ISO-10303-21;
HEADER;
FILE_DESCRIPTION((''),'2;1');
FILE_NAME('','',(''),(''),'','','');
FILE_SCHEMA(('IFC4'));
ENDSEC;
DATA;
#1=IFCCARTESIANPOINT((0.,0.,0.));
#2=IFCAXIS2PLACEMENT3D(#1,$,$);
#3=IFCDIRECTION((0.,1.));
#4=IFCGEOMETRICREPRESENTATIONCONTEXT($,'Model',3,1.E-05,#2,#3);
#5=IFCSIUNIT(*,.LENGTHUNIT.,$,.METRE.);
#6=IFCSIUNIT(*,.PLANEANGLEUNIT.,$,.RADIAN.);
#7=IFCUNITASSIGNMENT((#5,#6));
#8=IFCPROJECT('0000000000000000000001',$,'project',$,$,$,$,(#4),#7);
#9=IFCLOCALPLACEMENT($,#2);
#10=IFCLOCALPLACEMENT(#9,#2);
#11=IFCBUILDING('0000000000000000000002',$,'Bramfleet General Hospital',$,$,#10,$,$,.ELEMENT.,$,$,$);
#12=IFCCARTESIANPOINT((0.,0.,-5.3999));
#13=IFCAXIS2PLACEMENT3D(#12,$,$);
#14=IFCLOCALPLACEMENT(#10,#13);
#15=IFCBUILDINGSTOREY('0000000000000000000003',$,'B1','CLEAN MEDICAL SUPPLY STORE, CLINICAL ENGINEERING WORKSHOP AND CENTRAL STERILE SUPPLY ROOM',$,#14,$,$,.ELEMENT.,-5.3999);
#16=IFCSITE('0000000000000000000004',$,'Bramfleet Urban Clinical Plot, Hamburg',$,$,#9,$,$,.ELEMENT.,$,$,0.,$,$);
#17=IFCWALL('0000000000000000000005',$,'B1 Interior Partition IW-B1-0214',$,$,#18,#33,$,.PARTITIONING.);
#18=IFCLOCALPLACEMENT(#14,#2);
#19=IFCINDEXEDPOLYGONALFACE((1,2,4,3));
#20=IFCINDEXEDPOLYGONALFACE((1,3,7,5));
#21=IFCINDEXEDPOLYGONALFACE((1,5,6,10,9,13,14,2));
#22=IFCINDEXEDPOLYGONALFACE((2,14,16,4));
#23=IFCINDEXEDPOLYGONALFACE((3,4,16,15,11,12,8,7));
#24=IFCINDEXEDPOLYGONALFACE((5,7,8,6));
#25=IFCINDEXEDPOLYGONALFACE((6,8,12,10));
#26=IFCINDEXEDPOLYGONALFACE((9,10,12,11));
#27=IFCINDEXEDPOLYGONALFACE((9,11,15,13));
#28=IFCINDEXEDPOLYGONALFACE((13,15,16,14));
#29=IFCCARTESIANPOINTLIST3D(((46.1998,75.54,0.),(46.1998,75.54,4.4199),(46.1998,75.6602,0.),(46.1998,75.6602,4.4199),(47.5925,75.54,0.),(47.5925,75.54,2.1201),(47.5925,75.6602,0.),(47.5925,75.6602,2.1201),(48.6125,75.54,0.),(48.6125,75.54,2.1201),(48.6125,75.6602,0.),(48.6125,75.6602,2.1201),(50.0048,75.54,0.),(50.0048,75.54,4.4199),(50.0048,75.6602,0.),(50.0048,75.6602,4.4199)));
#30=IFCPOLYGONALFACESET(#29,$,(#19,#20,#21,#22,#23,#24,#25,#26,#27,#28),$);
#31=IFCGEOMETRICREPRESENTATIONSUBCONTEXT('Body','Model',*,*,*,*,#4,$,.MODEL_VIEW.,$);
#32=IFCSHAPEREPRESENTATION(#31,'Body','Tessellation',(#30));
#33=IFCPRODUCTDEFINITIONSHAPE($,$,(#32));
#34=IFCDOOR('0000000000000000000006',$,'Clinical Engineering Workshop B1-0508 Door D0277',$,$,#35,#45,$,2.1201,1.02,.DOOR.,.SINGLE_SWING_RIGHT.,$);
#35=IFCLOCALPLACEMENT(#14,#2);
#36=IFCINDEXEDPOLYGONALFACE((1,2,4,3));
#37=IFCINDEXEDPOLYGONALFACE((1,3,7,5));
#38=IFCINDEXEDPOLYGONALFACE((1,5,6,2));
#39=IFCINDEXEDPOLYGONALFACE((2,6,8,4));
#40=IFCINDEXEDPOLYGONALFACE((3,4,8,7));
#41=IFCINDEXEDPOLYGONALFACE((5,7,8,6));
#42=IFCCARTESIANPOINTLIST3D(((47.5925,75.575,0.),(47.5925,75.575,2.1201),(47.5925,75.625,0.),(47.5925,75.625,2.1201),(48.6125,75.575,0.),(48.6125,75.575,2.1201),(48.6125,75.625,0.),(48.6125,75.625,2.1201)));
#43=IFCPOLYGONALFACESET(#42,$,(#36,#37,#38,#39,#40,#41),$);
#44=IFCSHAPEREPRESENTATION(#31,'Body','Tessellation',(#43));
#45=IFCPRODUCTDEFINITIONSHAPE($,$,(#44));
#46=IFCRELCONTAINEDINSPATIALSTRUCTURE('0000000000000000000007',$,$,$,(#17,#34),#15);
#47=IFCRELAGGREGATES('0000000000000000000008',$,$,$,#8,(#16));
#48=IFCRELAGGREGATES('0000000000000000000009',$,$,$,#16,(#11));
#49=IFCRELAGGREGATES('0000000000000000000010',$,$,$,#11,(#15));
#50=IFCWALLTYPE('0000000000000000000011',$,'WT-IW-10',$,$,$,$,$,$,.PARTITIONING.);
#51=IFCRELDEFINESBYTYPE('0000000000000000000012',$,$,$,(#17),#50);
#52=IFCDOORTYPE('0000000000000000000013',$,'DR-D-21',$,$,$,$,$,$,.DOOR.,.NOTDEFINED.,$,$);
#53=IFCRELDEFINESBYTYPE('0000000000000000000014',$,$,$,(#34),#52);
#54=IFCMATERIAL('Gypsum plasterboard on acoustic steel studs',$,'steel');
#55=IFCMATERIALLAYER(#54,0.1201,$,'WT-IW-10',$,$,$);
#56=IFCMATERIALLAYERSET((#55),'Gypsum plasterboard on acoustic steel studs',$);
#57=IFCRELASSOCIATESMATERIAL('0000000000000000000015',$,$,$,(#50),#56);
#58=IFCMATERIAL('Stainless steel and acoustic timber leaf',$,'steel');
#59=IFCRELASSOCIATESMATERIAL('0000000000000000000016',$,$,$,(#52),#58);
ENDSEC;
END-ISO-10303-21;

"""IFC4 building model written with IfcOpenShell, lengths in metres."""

from ifc_helpers import new_model, si_unit, direction, frame, frame_2d, origin, place, context, subcontext, project, spatial, rectangle, extrude, material, layer, layer_set, type_object, element, fill, save


model = new_model("IFC4")

# Units and contexts
model_context = context("Model", 3, precision=1e-05, world=origin(), true_north=direction((0.0, 1.0)))
body_context = subcontext(model_context, "Body", "Model", "MODEL_VIEW")
ifc_project = project(units=[si_unit("LENGTHUNIT", "METRE"), si_unit("PLANEANGLEUNIT", "RADIAN")], contexts=[model_context])

# Site, building, storey
site_placement = place(None, origin())
site = spatial("IfcSite", under=ifc_project, at=site_placement, Name="Bramfleet Urban Clinical Plot, Hamburg", CompositionType="ELEMENT", RefElevation=0.0)
building_placement = place(site_placement, origin())
building = spatial("IfcBuilding", under=site, at=building_placement, Name="Bramfleet General Hospital", CompositionType="ELEMENT")
storey_placement = place(building_placement, frame((0.0, 0.0, -5.3999)))
storey = spatial("IfcBuildingStorey", under=building, at=storey_placement, Name="B1", Description="CLEAN MEDICAL SUPPLY STORE, CLINICAL ENGINEERING WORKSHOP AND CENTRAL STERILE SUPPLY ROOM", CompositionType="ELEMENT", Elevation=-5.3999)

# Shared definitions
ifc_material_1 = material(Name="Gypsum plasterboard on acoustic steel studs", Category="steel")

# Wall, opening, door
ifc_material_2 = material(Name="Stainless steel and acoustic timber leaf", Category="steel")
ifc_layer_1 = layer(ifc_material_1, 0.1201, Name="WT-IW-10")
ifc_layer_set_1 = layer_set([ifc_layer_1], Name="Gypsum plasterboard on acoustic steel studs")
wall_type_1 = type_object("IfcWallType", Name="WT-IW-10", PredefinedType="PARTITIONING", material=ifc_layer_set_1)
wall_1_placement = place(storey_placement, frame((46.2, 75.6001, 0.0), z_axis=(0.0, 0.0, 1.0), x_axis=(1.0, 0.0, 0.0)))
wall_1 = element("IfcWall", 1, at=wall_1_placement, inside=storey, type_object=wall_type_1, Name="B1 Interior Partition IW-B1-0214", PredefinedType="PARTITIONING", context=body_context, shape_type="SweptSolid", body=[
    extrude(rectangle(XDim=3.8049, YDim=0.1201, at=frame_2d((1.9023, 0.0))), origin(), (0.0, 0.0, 1.0), 4.4199),
])
opening_1_placement = place(wall_1_placement, frame((1.3926, 0.0, 0.0)))
opening_1 = element("IfcOpeningElement", 2, at=opening_1_placement, cuts=wall_1, PredefinedType="OPENING", context=body_context, shape_type="SweptSolid", body=[
    extrude(rectangle(XDim=1.02, YDim=2.1201, at=frame_2d((0.51, 1.0601))), frame((0.0, 0.0701, 0.0), z_axis=(0.0, -1.0, 0.0), x_axis=(1.0, 0.0, 0.0)), (0.0, 0.0, 1.0), 0.1401),
])
door_type_1 = type_object("IfcDoorType", Name="DR-D-21", OperationType="NOTDEFINED", PredefinedType="DOOR", material=ifc_material_2)
door_1_placement = place(opening_1_placement, origin())
door_1 = element("IfcDoor", 3, at=door_1_placement, inside=storey, type_object=door_type_1, Name="Clinical Engineering Workshop B1-0508 Door D0277", OperationType="SINGLE_SWING_RIGHT", OverallHeight=2.1201, OverallWidth=1.02, PredefinedType="DOOR", context=body_context, shape_type="SweptSolid", body=[
    extrude(rectangle(XDim=1.02, YDim=2.1201, at=frame_2d((0.51, 1.0601))), frame((0.0, 0.0249, 0.0), z_axis=(0.0, -1.0, 0.0), x_axis=(1.0, 0.0, 0.0)), (0.0, 0.0, 1.0), 0.05),
])
fill(opening_1, door_1)

save(model, "model.ifc")
